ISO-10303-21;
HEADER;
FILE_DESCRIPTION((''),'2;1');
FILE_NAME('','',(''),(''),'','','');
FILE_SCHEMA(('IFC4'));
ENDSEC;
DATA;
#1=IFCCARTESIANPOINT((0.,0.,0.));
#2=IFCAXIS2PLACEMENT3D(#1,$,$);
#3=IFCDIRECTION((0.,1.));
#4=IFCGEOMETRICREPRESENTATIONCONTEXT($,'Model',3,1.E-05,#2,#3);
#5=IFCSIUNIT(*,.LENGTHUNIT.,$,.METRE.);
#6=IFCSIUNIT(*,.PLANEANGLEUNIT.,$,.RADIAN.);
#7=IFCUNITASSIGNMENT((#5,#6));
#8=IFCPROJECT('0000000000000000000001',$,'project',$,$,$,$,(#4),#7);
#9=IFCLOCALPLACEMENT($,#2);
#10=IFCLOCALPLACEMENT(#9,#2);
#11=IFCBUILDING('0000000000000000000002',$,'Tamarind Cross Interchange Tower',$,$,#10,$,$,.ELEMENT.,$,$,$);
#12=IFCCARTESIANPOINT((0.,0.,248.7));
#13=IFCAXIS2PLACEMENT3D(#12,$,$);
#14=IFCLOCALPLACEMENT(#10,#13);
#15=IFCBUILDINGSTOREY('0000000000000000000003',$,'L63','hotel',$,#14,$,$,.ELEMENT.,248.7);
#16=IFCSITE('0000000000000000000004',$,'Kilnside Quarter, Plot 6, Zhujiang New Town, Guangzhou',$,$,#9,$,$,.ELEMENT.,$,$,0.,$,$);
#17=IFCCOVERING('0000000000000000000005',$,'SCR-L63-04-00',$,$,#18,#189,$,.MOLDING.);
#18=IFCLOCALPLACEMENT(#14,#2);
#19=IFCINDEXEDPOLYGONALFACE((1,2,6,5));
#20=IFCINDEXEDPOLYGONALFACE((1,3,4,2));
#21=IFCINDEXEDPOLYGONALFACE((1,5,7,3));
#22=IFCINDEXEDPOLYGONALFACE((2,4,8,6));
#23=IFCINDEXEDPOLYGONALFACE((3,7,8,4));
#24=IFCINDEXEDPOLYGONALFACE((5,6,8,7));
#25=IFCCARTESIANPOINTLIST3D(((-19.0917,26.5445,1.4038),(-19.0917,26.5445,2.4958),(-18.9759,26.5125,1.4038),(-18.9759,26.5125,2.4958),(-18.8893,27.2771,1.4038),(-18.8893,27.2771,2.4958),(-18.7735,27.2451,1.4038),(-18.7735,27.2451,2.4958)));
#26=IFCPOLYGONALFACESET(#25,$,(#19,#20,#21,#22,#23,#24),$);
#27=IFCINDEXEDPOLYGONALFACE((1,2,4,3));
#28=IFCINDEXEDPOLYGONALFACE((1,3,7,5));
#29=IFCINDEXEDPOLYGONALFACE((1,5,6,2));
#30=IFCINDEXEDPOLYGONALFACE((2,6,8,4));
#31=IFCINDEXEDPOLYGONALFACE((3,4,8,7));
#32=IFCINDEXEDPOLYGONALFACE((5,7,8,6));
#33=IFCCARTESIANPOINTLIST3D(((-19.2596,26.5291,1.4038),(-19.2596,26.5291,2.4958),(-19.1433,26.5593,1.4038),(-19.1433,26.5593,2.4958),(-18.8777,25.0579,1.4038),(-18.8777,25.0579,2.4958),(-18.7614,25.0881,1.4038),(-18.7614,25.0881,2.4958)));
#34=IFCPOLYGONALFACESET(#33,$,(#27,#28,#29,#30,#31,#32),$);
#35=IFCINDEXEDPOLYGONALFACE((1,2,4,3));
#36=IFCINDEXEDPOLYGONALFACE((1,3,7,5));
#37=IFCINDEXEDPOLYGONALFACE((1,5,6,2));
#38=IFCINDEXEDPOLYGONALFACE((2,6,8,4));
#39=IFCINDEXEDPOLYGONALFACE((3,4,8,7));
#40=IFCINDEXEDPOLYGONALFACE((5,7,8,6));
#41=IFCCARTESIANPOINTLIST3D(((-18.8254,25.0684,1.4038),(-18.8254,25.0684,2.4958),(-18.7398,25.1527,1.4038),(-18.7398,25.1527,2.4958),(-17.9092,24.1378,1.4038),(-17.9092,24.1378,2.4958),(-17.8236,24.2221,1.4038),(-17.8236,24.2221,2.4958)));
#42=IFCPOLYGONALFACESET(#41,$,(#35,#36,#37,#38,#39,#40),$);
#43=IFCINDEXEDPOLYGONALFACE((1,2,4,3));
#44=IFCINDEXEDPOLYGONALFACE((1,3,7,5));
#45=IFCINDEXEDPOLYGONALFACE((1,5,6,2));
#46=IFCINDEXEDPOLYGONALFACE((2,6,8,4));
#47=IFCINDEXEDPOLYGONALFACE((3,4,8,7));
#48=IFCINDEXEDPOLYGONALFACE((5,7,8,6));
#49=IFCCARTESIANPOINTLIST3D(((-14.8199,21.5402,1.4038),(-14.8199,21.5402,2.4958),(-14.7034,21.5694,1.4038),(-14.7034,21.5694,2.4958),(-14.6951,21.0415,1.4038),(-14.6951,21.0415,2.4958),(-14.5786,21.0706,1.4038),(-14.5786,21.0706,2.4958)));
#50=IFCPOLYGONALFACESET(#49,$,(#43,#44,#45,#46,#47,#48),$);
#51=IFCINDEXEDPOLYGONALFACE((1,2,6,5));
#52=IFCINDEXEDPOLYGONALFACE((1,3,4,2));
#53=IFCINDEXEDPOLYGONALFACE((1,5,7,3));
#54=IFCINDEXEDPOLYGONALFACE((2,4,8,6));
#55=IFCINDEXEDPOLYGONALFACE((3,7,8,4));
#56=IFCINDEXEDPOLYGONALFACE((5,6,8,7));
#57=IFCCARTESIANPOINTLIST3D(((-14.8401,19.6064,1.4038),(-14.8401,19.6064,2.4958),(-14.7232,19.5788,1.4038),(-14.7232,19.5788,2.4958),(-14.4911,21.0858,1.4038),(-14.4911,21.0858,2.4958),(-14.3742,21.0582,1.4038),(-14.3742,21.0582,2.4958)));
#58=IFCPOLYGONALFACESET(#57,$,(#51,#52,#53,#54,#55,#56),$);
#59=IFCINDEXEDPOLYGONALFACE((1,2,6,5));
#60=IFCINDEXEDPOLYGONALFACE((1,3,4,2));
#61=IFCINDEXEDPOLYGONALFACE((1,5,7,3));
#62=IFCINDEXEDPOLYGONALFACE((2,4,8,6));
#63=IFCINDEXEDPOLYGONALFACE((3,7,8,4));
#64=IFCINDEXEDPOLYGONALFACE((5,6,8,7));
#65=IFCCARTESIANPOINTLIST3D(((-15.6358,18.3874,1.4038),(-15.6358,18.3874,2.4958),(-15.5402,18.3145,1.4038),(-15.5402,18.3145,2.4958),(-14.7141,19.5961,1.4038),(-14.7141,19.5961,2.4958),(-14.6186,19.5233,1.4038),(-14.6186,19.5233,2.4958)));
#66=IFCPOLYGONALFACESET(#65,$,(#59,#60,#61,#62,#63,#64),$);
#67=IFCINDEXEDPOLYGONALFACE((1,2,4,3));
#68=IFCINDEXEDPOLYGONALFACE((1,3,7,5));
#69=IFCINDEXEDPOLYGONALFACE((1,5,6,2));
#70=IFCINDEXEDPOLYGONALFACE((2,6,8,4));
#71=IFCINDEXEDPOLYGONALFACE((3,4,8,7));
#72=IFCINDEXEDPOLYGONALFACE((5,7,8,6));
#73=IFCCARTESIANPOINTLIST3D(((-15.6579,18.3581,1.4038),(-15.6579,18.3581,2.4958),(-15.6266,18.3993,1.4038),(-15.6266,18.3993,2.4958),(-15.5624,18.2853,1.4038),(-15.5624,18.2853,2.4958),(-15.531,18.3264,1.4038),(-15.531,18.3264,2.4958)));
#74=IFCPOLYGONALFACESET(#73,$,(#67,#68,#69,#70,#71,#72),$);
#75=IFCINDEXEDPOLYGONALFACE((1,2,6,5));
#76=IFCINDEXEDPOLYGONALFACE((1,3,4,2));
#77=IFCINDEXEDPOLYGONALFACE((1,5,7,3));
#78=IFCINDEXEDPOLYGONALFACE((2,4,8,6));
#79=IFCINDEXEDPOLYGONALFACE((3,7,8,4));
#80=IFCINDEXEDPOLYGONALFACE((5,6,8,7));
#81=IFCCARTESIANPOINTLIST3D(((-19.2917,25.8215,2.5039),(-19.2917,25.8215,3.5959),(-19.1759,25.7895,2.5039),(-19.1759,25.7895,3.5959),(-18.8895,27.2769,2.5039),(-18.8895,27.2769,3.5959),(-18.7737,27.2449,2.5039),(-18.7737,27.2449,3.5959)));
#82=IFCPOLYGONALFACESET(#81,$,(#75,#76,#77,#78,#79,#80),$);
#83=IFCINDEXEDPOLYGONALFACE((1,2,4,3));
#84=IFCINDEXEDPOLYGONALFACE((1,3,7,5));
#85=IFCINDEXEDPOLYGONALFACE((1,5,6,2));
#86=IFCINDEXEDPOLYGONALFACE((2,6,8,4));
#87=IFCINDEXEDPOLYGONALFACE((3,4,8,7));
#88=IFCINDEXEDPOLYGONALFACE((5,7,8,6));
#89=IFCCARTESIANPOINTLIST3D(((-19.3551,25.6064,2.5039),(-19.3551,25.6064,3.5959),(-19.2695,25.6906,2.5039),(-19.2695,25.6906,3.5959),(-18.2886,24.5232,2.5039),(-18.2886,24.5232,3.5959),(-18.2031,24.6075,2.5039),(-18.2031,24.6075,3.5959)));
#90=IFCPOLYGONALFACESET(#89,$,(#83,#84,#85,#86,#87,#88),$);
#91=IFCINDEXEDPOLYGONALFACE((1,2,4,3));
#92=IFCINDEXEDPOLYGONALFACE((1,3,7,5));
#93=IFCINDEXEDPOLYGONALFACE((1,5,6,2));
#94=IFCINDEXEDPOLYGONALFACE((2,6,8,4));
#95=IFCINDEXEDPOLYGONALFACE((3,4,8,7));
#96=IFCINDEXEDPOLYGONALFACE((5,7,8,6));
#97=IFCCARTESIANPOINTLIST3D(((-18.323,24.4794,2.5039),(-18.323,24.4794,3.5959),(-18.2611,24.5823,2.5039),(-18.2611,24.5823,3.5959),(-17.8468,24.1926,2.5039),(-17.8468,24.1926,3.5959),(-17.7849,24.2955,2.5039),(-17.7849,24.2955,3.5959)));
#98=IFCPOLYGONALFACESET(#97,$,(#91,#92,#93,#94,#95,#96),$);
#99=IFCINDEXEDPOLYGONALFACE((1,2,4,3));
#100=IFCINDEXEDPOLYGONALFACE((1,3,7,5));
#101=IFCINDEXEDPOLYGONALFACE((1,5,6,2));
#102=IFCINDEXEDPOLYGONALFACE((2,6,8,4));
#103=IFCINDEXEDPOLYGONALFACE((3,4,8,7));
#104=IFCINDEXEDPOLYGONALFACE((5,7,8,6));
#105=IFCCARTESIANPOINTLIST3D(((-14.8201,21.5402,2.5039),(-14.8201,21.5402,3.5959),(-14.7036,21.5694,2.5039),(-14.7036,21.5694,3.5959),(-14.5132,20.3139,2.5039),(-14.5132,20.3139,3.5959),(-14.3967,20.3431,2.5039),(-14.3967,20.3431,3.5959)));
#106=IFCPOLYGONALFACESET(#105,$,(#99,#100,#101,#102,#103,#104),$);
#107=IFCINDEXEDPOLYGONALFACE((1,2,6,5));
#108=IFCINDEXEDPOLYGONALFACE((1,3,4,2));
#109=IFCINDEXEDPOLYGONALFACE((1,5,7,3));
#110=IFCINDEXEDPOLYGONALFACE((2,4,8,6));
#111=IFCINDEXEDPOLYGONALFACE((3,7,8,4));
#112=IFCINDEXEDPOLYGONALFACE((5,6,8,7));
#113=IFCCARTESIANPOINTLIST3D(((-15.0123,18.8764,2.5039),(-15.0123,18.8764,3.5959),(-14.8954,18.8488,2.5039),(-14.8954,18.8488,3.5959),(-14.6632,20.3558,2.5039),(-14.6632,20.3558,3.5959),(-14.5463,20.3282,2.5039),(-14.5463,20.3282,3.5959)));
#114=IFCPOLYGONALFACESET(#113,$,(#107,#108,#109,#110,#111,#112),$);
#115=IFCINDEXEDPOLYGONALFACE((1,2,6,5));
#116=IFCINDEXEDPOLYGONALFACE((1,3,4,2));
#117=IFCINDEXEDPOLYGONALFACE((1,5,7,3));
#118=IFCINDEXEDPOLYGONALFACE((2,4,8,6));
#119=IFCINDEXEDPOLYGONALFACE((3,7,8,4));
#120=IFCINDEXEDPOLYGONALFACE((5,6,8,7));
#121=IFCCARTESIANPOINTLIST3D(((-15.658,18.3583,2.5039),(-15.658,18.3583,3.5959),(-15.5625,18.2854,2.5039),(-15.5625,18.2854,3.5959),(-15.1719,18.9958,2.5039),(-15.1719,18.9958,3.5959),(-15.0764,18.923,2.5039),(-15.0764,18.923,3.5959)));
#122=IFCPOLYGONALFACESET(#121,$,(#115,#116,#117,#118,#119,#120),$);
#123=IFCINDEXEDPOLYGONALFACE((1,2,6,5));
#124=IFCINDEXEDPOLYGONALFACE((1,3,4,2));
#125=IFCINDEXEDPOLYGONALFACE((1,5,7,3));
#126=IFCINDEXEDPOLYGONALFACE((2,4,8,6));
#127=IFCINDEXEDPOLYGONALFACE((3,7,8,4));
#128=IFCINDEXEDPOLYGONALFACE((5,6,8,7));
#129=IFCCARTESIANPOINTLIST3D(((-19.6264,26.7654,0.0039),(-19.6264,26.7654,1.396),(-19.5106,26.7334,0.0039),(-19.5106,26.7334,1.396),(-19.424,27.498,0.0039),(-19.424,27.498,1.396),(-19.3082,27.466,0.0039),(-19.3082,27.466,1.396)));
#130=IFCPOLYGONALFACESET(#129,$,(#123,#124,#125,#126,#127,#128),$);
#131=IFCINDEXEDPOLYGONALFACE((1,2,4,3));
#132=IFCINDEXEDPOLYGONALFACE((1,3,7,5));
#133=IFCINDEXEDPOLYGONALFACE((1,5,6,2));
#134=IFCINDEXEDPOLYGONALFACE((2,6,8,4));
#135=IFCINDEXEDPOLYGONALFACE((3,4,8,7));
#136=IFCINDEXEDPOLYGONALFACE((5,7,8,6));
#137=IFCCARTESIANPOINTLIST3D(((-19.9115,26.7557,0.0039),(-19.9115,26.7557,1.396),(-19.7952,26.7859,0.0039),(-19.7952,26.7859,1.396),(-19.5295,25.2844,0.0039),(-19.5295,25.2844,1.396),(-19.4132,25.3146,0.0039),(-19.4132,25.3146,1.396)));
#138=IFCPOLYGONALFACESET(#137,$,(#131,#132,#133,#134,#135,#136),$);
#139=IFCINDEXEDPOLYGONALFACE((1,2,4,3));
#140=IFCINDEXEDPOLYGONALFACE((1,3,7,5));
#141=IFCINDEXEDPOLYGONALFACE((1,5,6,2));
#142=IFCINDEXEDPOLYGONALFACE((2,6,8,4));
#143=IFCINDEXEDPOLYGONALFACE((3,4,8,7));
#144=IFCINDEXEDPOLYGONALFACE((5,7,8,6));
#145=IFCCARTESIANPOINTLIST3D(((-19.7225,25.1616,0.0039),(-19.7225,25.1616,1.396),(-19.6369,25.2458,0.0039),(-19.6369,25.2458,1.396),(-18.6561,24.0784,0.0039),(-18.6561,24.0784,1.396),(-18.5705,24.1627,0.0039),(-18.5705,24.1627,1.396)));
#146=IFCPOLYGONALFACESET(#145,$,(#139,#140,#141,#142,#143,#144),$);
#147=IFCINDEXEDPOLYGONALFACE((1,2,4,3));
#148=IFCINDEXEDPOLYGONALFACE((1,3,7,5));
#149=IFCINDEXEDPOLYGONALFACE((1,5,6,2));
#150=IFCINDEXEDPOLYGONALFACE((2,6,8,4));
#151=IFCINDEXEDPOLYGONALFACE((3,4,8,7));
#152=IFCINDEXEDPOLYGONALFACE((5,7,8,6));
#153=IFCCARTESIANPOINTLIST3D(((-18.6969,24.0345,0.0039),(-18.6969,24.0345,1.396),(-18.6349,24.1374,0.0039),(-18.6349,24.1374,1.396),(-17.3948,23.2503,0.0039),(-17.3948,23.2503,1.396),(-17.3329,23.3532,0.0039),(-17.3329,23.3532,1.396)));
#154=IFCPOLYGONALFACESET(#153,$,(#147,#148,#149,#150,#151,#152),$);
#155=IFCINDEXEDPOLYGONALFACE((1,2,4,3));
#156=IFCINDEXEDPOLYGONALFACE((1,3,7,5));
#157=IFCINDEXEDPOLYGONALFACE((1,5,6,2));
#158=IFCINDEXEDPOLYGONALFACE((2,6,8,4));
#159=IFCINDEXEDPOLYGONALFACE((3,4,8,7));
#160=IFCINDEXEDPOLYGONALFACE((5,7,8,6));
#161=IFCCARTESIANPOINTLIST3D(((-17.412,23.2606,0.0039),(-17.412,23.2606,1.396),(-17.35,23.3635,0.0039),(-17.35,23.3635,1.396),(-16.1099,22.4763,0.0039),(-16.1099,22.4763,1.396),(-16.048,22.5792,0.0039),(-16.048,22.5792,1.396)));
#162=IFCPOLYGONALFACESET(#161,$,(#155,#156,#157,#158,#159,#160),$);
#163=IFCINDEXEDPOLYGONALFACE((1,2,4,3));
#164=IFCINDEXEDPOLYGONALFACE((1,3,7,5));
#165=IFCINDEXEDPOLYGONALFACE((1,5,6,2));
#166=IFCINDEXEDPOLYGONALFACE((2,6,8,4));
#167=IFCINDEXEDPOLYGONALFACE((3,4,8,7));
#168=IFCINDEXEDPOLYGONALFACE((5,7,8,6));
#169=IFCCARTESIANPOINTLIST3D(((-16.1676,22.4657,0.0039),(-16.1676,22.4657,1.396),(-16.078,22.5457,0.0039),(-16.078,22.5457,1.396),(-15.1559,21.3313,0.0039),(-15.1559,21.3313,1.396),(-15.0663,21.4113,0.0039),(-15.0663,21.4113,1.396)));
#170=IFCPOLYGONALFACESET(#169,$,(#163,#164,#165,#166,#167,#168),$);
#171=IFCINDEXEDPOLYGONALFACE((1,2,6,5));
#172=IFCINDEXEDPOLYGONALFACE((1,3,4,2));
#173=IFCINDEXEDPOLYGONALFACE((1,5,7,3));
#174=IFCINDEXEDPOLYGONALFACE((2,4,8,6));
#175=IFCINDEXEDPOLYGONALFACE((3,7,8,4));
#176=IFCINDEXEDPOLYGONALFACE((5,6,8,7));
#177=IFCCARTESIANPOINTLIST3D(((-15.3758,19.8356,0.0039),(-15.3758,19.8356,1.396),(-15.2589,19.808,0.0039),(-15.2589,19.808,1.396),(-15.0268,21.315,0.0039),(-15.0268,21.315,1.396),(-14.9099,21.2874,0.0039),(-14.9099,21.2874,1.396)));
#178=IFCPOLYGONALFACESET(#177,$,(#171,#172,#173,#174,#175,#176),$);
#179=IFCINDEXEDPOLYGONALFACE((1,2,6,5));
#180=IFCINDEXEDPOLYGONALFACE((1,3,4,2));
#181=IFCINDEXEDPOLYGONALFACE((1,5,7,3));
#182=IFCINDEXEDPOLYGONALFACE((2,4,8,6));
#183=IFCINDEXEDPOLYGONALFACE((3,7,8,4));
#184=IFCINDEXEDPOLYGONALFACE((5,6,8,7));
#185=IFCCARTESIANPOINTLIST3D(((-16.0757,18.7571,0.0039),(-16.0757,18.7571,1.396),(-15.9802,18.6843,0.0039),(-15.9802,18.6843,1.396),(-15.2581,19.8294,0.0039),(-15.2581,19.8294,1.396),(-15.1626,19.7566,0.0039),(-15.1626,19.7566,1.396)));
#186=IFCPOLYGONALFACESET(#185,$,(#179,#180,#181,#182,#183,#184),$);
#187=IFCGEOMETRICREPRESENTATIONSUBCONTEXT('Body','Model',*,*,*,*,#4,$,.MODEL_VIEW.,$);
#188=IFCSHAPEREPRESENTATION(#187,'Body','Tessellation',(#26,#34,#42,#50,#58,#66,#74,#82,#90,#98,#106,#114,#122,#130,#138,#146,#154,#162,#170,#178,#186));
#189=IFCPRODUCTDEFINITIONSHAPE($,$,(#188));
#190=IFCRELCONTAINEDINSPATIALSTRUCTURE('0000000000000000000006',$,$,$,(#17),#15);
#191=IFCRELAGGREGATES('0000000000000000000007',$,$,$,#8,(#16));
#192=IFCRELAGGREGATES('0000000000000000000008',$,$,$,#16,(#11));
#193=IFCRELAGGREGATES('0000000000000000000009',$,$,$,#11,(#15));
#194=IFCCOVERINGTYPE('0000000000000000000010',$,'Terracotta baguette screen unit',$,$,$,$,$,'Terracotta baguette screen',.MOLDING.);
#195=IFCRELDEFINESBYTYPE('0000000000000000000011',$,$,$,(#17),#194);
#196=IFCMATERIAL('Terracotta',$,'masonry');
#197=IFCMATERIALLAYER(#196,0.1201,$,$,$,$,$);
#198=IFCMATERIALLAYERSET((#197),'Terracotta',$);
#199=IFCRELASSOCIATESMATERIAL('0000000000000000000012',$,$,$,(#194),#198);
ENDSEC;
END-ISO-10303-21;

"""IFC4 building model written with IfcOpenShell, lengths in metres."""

from ifc_helpers import new_model, si_unit, direction, frame, origin, origin_2d, place, context, subcontext, project, spatial, rectangle, extrude, material, layer, layer_set, type_object, element, save


model = new_model("IFC4")

# Units and contexts
model_context = context("Model", 3, precision=1e-05, world=origin(), true_north=direction((0.0, 1.0)))
body_context = subcontext(model_context, "Body", "Model", "MODEL_VIEW")
ifc_project = project(units=[si_unit("LENGTHUNIT", "METRE"), si_unit("PLANEANGLEUNIT", "RADIAN")], contexts=[model_context])

# Site, building, storey
site_placement = place(None, origin())
site = spatial("IfcSite", under=ifc_project, at=site_placement, Name="Kilnside Quarter, Plot 6, Zhujiang New Town, Guangzhou", CompositionType="ELEMENT", RefElevation=0.0)
building_placement = place(site_placement, origin())
building = spatial("IfcBuilding", under=site, at=building_placement, Name="Tamarind Cross Interchange Tower", CompositionType="ELEMENT")
storey_placement = place(building_placement, frame((0.0, 0.0, 248.7)))
storey = spatial("IfcBuildingStorey", under=building, at=storey_placement, Name="L63", Description="hotel", CompositionType="ELEMENT", Elevation=248.7)

# Covering
ifc_material_1 = material(Name="Terracotta", Category="masonry")
ifc_layer_1 = layer(ifc_material_1, 0.1201)
ifc_layer_set_1 = layer_set([ifc_layer_1], Name="Terracotta")
covering_type = type_object("IfcCoveringType", Name="Terracotta baguette screen unit", ElementType="Terracotta baguette screen", PredefinedType="MOLDING", material=ifc_layer_set_1)
covering_1_placement = place(storey_placement, origin())
element("IfcCovering", 1, at=covering_1_placement, inside=storey, type_object=covering_type, Name="SCR-L63-04-00", PredefinedType="MOLDING", context=body_context, shape_type="SweptSolid", body=[
    extrude(rectangle(XDim=0.76, YDim=0.1201, at=origin_2d()), frame((-18.9326, 26.8948, 1.4038), z_axis=(0.0, 0.0, 1.0), x_axis=(-0.266337, -0.96388, 0.0)), (0.0, 0.0, 1.0), 1.092),
    extrude(rectangle(XDim=1.52, YDim=0.1201, at=origin_2d()), frame((-19.0105, 25.8086, 1.4038), z_axis=(0.0, 0.0, 1.0), x_axis=(0.251286, -0.967913, 0.0)), (0.0, 0.0, 1.0), 1.092),
    extrude(rectangle(XDim=1.3059, YDim=0.1201, at=origin_2d()), frame((-18.3245, 24.6453, 1.4038), z_axis=(0.0, 0.0, 1.0), x_axis=(0.701576, -0.712594, 0.0)), (0.0, 0.0, 1.0), 1.092),
    extrude(rectangle(XDim=0.5142, YDim=0.1201, at=origin_2d()), frame((-14.6992, 21.3054, 1.4038), z_axis=(0.0, 0.0, 1.0), x_axis=(0.242728, -0.970094, 0.0)), (0.0, 0.0, 1.0), 1.092),
    extrude(rectangle(XDim=1.52, YDim=0.1201, at=origin_2d()), frame((-14.6072, 20.3323, 1.4038), z_axis=(0.0, 0.0, 1.0), x_axis=(-0.229625, -0.973279, 0.0)), (0.0, 0.0, 1.0), 1.092),
    extrude(rectangle(XDim=1.52, YDim=0.1201, at=origin_2d()), frame((-15.1272, 18.9553, 1.4038), z_axis=(0.0, 0.0, 1.0), x_axis=(-0.606322, -0.795219, 0.0)), (0.0, 0.0, 1.0), 1.092),
    extrude(rectangle(XDim=0.0518, YDim=0.1201, at=origin_2d()), frame((-15.5945, 18.3423, 1.4038), z_axis=(0.0, 0.0, 1.0), x_axis=(-0.606322, -0.795219, 0.0)), (0.0, 0.0, 1.0), 1.092),
    extrude(rectangle(XDim=1.51, YDim=0.1201, at=origin_2d()), frame((-19.0327, 26.5332, 2.5039), z_axis=(0.0, 0.0, 1.0), x_axis=(-0.266337, -0.96388, 0.0)), (0.0, 0.0, 1.0), 1.092),
    extrude(rectangle(XDim=1.52, YDim=0.1201, at=origin_2d()), frame((-18.7791, 25.1069, 2.5039), z_axis=(0.0, 0.0, 1.0), x_axis=(0.701576, -0.712594, 0.0)), (0.0, 0.0, 1.0), 1.092),
    extrude(rectangle(XDim=0.5559, YDim=0.1201, at=origin_2d()), frame((-18.054, 24.3875, 2.5039), z_axis=(0.0, 0.0, 1.0), x_axis=(0.856617, -0.515952, 0.0)), (0.0, 0.0, 1.0), 1.092),
    extrude(rectangle(XDim=1.2642, YDim=0.1201, at=origin_2d()), frame((-14.6084, 20.9417, 2.5039), z_axis=(0.0, 0.0, 1.0), x_axis=(0.242728, -0.970094, 0.0)), (0.0, 0.0, 1.0), 1.092),
    extrude(rectangle(XDim=1.52, YDim=0.1201, at=origin_2d()), frame((-14.7793, 19.6023, 2.5039), z_axis=(0.0, 0.0, 1.0), x_axis=(-0.229625, -0.973279, 0.0)), (0.0, 0.0, 1.0), 1.092),
    extrude(rectangle(XDim=0.8018, YDim=0.1201, at=origin_2d()), frame((-15.3672, 18.6406, 2.5039), z_axis=(0.0, 0.0, 1.0), x_axis=(-0.606322, -0.795219, 0.0)), (0.0, 0.0, 1.0), 1.092),
    extrude(rectangle(XDim=0.76, YDim=0.1201, at=origin_2d()), frame((-19.4673, 27.1157, 0.0039), z_axis=(0.0, 0.0, 1.0), x_axis=(-0.266337, -0.96388, 0.0)), (0.0, 0.0, 1.0), 1.3921),
    extrude(rectangle(XDim=1.52, YDim=0.1201, at=origin_2d()), frame((-19.6624, 26.0352, 0.0039), z_axis=(0.0, 0.0, 1.0), x_axis=(0.251286, -0.967913, 0.0)), (0.0, 0.0, 1.0), 1.3921),
    extrude(rectangle(XDim=1.52, YDim=0.1201, at=origin_2d()), frame((-19.1465, 24.6621, 0.0039), z_axis=(0.0, 0.0, 1.0), x_axis=(0.701576, -0.712594, 0.0)), (0.0, 0.0, 1.0), 1.3921),
    extrude(rectangle(XDim=1.52, YDim=0.1201, at=origin_2d()), frame((-18.0149, 23.6938, 0.0039), z_axis=(0.0, 0.0, 1.0), x_axis=(0.856617, -0.515952, 0.0)), (0.0, 0.0, 1.0), 1.3921),
    extrude(rectangle(XDim=1.52, YDim=0.1201, at=origin_2d()), frame((-16.73, 22.9199, 0.0039), z_axis=(0.0, 0.0, 1.0), x_axis=(0.856617, -0.515952, 0.0)), (0.0, 0.0, 1.0), 1.3921),
    extrude(rectangle(XDim=1.52, YDim=0.1201, at=origin_2d()), frame((-15.6169, 21.9385, 0.0039), z_axis=(0.0, 0.0, 1.0), x_axis=(0.665605, -0.746304, 0.0)), (0.0, 0.0, 1.0), 1.3921),
    extrude(rectangle(XDim=1.52, YDim=0.1201, at=origin_2d()), frame((-15.1428, 20.5615, 0.0039), z_axis=(0.0, 0.0, 1.0), x_axis=(-0.229625, -0.973279, 0.0)), (0.0, 0.0, 1.0), 1.3921),
    extrude(rectangle(XDim=1.3484, YDim=0.1201, at=origin_2d()), frame((-15.6191, 19.2568, 0.0039), z_axis=(0.0, 0.0, 1.0), x_axis=(-0.606322, -0.795219, 0.0)), (0.0, 0.0, 1.0), 1.3921),
])

save(model, "model.ifc")
